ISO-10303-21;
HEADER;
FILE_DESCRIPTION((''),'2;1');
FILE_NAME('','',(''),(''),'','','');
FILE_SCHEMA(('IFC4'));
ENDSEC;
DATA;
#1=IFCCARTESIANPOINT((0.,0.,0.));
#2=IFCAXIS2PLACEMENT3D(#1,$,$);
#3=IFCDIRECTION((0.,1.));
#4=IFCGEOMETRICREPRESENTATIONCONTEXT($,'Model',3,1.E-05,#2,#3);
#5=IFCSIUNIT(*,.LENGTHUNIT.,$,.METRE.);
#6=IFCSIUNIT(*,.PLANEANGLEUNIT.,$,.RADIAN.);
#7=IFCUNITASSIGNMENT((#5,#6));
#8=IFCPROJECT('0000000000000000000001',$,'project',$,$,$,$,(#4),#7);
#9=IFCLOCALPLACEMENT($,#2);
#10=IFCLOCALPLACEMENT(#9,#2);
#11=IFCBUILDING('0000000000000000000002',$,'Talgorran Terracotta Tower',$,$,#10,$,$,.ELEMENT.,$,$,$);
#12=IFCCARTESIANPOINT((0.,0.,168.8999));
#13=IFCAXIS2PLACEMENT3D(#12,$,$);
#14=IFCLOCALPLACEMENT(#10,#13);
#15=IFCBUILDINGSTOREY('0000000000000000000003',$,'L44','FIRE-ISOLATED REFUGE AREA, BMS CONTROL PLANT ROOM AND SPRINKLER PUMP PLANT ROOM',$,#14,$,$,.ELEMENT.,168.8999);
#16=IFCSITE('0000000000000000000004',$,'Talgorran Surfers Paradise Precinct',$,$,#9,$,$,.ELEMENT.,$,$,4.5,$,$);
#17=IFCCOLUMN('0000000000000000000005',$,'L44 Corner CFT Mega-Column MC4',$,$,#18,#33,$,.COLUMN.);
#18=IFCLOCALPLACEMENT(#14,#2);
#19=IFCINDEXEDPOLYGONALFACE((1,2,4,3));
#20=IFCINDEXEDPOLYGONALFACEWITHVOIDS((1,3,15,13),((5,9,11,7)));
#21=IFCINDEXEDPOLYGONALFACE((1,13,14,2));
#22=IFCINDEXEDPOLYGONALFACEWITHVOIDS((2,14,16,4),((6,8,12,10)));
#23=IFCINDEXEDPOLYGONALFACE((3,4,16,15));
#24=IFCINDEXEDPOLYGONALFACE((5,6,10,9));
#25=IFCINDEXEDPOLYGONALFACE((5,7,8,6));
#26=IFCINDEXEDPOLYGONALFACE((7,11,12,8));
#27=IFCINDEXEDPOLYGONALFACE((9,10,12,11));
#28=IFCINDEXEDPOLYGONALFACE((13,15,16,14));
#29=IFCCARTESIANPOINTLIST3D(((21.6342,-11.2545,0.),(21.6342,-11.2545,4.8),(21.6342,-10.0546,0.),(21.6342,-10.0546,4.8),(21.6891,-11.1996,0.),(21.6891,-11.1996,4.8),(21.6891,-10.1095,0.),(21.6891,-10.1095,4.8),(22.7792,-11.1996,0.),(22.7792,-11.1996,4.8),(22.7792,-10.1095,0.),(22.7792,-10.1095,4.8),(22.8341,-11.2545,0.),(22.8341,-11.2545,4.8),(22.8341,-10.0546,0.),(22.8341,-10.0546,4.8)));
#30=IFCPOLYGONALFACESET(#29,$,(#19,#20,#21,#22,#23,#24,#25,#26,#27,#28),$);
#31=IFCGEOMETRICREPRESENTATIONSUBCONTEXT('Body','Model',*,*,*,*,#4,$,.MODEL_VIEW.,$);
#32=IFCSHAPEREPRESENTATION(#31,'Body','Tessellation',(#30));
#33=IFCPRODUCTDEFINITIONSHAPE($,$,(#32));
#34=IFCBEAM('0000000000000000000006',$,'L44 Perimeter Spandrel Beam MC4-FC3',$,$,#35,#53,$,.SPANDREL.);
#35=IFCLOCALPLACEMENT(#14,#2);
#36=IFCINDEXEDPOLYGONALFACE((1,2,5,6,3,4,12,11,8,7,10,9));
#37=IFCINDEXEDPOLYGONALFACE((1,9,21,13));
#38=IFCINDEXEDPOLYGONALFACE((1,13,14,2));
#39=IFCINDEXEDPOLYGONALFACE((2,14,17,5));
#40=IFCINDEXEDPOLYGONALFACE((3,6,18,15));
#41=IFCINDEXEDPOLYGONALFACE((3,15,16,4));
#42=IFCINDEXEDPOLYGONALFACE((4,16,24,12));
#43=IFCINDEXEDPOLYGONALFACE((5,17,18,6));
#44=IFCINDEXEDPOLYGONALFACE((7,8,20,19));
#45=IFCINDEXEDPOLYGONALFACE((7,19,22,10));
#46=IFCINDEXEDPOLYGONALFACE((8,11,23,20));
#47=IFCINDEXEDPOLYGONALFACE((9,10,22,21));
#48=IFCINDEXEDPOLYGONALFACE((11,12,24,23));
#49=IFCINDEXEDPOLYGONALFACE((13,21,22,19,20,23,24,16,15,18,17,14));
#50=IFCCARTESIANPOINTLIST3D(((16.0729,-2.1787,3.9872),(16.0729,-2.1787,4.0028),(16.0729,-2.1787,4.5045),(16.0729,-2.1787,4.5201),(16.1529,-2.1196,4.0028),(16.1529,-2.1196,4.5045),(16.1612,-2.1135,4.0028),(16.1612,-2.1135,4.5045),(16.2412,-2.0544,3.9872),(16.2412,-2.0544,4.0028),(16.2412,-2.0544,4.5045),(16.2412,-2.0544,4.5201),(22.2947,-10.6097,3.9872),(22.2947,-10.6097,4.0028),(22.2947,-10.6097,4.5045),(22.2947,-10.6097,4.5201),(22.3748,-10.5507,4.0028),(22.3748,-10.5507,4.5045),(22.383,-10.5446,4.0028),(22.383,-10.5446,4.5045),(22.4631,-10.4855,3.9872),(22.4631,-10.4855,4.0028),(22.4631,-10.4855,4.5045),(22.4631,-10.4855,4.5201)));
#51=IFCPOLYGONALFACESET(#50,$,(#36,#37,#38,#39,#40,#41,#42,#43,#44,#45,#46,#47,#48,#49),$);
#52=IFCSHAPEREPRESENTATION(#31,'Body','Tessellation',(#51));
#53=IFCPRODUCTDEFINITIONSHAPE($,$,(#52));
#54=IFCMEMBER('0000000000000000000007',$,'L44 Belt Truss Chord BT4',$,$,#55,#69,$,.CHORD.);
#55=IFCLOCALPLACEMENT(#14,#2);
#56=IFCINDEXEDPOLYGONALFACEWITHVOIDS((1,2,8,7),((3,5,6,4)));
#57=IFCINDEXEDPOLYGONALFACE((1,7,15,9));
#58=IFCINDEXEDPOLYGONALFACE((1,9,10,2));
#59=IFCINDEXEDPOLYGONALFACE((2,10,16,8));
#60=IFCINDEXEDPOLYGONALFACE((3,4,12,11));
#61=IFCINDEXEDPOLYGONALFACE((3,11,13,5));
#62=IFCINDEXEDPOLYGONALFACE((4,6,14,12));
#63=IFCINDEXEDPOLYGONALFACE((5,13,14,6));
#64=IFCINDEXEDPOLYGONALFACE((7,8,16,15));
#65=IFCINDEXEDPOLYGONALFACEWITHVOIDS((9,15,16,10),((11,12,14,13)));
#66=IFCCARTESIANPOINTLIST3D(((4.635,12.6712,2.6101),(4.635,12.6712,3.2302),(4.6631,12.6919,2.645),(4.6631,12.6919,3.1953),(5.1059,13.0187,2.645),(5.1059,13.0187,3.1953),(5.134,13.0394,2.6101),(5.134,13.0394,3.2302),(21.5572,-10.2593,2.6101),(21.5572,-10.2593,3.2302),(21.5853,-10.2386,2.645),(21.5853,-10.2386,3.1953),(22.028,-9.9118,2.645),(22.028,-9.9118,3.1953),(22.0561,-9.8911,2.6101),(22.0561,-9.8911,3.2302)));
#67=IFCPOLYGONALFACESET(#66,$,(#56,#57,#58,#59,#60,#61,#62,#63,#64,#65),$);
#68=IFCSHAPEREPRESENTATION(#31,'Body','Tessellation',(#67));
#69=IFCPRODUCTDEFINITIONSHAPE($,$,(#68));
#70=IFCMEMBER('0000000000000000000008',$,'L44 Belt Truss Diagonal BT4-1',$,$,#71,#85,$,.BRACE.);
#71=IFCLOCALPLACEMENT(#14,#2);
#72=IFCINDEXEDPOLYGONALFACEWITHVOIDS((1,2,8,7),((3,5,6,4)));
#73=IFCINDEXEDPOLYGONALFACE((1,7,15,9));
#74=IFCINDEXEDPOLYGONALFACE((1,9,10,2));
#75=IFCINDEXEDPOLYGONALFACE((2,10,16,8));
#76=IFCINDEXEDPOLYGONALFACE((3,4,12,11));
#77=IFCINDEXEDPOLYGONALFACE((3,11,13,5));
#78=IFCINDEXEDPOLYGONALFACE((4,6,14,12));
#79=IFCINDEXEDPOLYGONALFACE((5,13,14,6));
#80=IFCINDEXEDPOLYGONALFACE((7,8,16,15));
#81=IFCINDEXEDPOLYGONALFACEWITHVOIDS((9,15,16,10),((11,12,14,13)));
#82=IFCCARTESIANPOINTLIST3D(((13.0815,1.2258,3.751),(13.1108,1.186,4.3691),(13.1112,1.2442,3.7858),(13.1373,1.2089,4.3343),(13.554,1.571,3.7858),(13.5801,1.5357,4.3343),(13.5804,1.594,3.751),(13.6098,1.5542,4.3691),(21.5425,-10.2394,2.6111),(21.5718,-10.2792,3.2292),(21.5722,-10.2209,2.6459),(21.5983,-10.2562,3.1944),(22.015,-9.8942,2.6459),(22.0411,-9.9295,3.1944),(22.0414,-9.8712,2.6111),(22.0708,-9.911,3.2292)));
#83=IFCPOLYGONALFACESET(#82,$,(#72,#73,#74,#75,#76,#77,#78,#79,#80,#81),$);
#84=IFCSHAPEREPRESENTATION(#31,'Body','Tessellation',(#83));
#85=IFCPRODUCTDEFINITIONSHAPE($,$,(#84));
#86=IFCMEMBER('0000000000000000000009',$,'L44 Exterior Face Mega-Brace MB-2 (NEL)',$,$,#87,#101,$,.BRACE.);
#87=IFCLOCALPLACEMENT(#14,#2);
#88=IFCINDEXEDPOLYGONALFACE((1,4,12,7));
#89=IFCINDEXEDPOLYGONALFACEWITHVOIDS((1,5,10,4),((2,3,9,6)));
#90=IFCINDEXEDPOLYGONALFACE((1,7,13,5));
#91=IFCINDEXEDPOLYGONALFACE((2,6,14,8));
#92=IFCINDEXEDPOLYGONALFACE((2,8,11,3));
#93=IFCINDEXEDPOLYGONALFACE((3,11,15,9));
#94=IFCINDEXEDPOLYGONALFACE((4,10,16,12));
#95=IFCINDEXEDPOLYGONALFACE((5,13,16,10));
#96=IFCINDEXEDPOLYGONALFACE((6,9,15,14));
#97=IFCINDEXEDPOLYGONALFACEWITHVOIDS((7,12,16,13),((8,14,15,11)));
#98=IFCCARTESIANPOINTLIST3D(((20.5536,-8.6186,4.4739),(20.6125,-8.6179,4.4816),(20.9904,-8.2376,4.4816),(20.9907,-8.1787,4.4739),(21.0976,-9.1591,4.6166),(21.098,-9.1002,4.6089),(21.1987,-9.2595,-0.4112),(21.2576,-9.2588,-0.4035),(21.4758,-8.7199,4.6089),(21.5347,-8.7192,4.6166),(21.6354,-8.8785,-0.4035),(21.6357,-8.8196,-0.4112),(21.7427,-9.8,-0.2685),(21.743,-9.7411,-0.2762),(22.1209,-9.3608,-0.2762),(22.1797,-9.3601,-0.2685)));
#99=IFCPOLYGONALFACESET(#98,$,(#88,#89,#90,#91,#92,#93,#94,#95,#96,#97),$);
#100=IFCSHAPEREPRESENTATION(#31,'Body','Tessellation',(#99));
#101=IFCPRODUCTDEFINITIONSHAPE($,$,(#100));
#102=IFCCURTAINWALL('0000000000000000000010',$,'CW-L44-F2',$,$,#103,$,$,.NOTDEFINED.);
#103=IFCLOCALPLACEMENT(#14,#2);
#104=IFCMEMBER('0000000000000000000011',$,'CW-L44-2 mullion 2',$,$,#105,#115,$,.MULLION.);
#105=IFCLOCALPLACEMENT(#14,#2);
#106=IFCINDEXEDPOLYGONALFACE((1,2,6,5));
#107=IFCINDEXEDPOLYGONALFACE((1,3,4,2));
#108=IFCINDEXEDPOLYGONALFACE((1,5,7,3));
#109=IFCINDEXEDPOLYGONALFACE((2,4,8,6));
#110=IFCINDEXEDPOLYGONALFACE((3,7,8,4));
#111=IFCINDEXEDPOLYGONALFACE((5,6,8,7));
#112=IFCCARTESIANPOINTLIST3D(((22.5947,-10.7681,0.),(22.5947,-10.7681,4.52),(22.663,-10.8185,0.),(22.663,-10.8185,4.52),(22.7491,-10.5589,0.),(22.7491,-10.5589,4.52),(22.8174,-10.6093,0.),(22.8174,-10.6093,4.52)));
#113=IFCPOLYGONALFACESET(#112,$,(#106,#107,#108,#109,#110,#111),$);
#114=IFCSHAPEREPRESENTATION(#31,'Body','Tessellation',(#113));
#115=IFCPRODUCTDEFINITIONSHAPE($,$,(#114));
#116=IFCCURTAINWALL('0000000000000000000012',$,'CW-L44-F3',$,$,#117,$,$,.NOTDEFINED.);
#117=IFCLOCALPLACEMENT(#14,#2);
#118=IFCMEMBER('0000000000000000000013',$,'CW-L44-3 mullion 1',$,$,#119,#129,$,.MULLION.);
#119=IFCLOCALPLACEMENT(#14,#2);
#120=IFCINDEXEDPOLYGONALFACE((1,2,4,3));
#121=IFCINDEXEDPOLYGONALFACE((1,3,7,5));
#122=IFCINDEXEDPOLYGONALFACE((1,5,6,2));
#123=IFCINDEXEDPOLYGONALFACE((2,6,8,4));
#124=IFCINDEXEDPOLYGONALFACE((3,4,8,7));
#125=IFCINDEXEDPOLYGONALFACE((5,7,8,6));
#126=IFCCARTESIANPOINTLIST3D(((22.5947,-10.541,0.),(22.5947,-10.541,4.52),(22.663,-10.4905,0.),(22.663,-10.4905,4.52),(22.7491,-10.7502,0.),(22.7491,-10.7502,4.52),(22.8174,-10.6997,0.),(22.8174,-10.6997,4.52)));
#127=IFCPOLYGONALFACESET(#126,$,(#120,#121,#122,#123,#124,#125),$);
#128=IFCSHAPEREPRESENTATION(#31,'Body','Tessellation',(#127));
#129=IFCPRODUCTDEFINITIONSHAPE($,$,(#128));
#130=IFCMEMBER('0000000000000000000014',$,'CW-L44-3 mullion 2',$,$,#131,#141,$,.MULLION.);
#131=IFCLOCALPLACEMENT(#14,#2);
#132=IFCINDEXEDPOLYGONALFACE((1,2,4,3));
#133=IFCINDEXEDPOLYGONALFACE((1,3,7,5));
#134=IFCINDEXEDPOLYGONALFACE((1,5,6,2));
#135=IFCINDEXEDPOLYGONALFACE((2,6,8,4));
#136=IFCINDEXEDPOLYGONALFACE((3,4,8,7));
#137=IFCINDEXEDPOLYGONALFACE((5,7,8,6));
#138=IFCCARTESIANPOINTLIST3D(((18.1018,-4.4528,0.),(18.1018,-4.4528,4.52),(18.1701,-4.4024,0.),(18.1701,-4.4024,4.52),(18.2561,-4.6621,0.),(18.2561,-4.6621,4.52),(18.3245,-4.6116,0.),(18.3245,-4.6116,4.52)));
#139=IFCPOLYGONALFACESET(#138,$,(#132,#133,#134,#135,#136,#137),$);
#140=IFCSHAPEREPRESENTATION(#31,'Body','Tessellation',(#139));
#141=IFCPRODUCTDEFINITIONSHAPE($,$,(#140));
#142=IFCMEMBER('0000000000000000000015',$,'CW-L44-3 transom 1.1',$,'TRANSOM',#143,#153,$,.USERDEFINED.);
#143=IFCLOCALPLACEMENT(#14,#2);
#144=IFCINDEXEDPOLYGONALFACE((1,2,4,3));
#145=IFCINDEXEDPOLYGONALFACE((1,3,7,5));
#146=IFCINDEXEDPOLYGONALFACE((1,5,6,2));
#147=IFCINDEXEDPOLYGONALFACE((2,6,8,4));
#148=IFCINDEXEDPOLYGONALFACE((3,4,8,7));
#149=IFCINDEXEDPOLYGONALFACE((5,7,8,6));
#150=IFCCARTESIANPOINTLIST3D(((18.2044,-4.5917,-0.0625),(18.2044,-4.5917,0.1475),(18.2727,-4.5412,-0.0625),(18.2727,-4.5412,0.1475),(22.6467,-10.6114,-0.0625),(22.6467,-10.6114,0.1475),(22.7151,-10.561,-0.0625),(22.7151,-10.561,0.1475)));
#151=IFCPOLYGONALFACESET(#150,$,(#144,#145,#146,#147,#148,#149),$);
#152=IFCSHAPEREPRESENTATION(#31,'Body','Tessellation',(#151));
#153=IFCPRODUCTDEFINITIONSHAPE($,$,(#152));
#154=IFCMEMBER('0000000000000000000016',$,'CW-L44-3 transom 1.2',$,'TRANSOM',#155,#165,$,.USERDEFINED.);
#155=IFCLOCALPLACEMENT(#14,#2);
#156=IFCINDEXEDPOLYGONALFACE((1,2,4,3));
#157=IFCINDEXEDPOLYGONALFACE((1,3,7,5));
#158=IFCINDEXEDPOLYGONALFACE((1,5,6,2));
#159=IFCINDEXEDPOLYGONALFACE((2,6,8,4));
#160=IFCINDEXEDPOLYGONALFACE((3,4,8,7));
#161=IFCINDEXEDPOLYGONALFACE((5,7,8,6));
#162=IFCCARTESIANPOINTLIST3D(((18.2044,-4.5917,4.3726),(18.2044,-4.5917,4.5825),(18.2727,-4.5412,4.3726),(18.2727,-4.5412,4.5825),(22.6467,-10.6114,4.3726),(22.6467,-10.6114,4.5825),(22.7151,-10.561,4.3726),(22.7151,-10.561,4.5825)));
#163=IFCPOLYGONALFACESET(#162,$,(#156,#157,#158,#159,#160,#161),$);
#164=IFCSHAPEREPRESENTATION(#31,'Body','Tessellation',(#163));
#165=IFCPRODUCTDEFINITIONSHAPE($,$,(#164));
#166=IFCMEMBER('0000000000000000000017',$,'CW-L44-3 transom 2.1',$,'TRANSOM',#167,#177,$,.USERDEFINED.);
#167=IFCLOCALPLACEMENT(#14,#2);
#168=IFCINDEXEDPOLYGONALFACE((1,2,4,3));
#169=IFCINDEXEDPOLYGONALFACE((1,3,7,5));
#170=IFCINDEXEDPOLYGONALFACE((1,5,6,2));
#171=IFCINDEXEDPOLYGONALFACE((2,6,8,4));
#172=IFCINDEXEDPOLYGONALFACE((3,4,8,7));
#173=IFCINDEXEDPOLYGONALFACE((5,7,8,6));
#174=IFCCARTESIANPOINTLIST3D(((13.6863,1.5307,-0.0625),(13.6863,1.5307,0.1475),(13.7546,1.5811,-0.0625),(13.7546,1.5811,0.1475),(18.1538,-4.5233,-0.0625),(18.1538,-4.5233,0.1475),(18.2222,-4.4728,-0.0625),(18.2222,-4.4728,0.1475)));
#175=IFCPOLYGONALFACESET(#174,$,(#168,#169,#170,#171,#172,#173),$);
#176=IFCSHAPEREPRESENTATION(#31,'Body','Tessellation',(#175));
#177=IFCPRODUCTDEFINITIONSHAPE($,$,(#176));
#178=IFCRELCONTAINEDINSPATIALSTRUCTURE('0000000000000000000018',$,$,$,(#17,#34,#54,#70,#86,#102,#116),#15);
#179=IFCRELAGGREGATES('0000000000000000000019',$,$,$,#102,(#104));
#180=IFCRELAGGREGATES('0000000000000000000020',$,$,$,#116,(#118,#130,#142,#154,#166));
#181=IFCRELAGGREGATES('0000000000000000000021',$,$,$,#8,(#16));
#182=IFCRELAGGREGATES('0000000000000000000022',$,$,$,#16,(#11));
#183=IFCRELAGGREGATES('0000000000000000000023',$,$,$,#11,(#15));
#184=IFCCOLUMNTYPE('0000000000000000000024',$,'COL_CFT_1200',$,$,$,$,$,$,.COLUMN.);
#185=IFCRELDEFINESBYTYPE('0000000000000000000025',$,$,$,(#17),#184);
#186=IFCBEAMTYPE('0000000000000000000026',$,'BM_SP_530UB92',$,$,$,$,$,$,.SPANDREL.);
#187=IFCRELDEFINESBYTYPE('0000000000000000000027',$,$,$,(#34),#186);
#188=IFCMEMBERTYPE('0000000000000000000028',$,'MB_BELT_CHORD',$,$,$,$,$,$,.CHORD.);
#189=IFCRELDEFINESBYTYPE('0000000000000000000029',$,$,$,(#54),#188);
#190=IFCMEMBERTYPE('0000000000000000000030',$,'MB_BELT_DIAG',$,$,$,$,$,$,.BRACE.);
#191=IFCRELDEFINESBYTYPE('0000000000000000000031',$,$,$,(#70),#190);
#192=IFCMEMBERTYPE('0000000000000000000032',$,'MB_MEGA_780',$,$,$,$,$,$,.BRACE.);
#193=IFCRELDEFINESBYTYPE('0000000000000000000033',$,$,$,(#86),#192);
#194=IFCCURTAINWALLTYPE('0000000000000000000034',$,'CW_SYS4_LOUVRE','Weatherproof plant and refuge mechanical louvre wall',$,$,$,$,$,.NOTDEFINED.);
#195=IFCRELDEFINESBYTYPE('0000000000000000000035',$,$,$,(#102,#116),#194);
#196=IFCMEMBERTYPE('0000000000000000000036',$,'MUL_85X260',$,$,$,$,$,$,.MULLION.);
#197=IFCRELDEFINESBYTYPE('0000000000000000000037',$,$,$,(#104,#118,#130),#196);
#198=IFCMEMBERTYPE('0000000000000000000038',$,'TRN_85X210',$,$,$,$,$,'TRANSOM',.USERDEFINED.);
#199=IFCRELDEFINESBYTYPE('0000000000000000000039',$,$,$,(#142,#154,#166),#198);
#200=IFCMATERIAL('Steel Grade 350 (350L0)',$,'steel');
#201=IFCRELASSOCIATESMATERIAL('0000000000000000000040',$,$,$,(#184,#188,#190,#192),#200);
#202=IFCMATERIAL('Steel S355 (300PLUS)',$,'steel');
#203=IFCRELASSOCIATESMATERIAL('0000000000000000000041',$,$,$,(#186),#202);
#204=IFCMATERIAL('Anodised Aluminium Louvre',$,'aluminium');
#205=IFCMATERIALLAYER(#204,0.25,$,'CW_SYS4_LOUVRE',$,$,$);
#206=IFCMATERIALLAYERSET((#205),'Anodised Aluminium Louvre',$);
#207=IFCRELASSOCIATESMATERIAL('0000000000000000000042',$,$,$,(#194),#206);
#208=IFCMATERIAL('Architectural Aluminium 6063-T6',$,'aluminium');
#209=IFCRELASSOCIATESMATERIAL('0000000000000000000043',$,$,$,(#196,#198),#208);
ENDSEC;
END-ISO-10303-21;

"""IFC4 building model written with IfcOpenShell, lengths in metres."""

from ifc_helpers import new_model, si_unit, direction, frame, origin, origin_2d, place, context, subcontext, project, spatial, rectangle, hollow_rectangle, i_section, extrude, material, layer, layer_set, material_profile, profile_set, type_object, element, aggregate, save


model = new_model("IFC4")

# Units and contexts
model_context = context("Model", 3, precision=1e-05, world=origin(), true_north=direction((0.0, 1.0)))
body_context = subcontext(model_context, "Body", "Model", "MODEL_VIEW")
ifc_project = project(units=[si_unit("LENGTHUNIT", "METRE"), si_unit("PLANEANGLEUNIT", "RADIAN")], contexts=[model_context])

# Site, building, storey
site_placement = place(None, origin())
site = spatial("IfcSite", under=ifc_project, at=site_placement, Name="Talgorran Surfers Paradise Precinct", CompositionType="ELEMENT", RefElevation=4.5)
building_placement = place(site_placement, origin())
building = spatial("IfcBuilding", under=site, at=building_placement, Name="Talgorran Terracotta Tower", CompositionType="ELEMENT")
storey_placement = place(building_placement, frame((0.0, 0.0, 168.8999)))
storey = spatial("IfcBuildingStorey", under=building, at=storey_placement, Name="L44", Description="FIRE-ISOLATED REFUGE AREA, BMS CONTROL PLANT ROOM AND SPRINKLER PUMP PLANT ROOM", CompositionType="ELEMENT", Elevation=168.8999)

# Column
ifc_material_1 = material(Name="Steel Grade 350 (350L0)", Category="steel")
ifc_material_profile_1 = material_profile(ifc_material_1, hollow_rectangle(XDim=1.2, YDim=1.2, WallThickness=0.0549, at=origin_2d()), Name="CFT1200X1200X55")
ifc_profile_set_1 = profile_set([ifc_material_profile_1], Name="Steel Grade 350 (350L0)")
column_type = type_object("IfcColumnType", Name="COL_CFT_1200", PredefinedType="COLUMN", material=ifc_profile_set_1)
column_placement = place(storey_placement, frame((22.2341, -10.6545, 0.0), z_axis=(0.0, 0.0, 1.0), x_axis=(1.0, 0.0, 0.0)))
element("IfcColumn", 1, at=column_placement, inside=storey, type_object=column_type, Name="L44 Corner CFT Mega-Column MC4", PredefinedType="COLUMN", context=body_context, shape_type="SweptSolid", body=[
    extrude(hollow_rectangle(XDim=1.2, YDim=1.2, WallThickness=0.0549, at=origin_2d()), origin(), (0.0, 0.0, 1.0), 4.8),
])

# Beam
ifc_material_2 = material(Name="Steel S355 (300PLUS)", Category="steel")
ifc_material_profile_2 = material_profile(ifc_material_2, i_section(OverallWidth=0.2092, OverallDepth=0.533, WebThickness=0.0103, FlangeThickness=0.0156, at=origin_2d()), Name="530UB92.4")
ifc_profile_set_2 = profile_set([ifc_material_profile_2], Name="Steel S355 (300PLUS)")
beam_type = type_object("IfcBeamType", Name="BM_SP_530UB92", PredefinedType="SPANDREL", material=ifc_profile_set_2)
beam_placement = place(storey_placement, frame((22.3789, -10.5476, 4.2537), z_axis=(-0.593786, 0.804623, 0.0), x_axis=(-0.804623, -0.593786, 0.0)))
element("IfcBeam", 2, at=beam_placement, inside=storey, type_object=beam_type, Name="L44 Perimeter Spandrel Beam MC4-FC3", PredefinedType="SPANDREL", context=body_context, shape_type="SweptSolid", body=[
    extrude(i_section(OverallWidth=0.2092, OverallDepth=0.533, WebThickness=0.0103, FlangeThickness=0.0156, at=origin_2d()), origin(), (0.0, 0.0, 1.0), 10.4783),
])

# Members
ifc_material_profile_3 = material_profile(ifc_material_1, hollow_rectangle(XDim=0.6201, YDim=0.6201, WallThickness=0.0349, at=origin_2d()), Name="WBOX620X620X35")
ifc_profile_set_3 = profile_set([ifc_material_profile_3], Name="Steel Grade 350 (350L0)")
member_type_1 = type_object("IfcMemberType", Name="MB_BELT_CHORD", PredefinedType="CHORD", material=ifc_profile_set_3)
member_1_placement = place(storey_placement, frame((21.8066, -10.0752, 2.9202), z_axis=(-0.593791, 0.80462, 0.0), x_axis=(-0.80462, -0.593791, 0.0)))
element("IfcMember", 3, at=member_1_placement, inside=storey, type_object=member_type_1, Name="L44 Belt Truss Chord BT4", PredefinedType="CHORD", context=body_context, shape_type="SweptSolid", body=[
    extrude(hollow_rectangle(XDim=0.6201, YDim=0.6201, WallThickness=0.0349, at=origin_2d()), origin(), (0.0, 0.0, 1.0), 28.4985),
])
ifc_material_profile_4 = material_profile(ifc_material_1, hollow_rectangle(XDim=0.6201, YDim=0.6201, WallThickness=0.0349, at=origin_2d()), Name="WBOX620X620X35")
ifc_profile_set_4 = profile_set([ifc_material_profile_4], Name="Steel Grade 350 (350L0)")
member_type_2 = type_object("IfcMemberType", Name="MB_BELT_DIAG", PredefinedType="BRACE", material=ifc_profile_set_4)
member_2_placement = place(storey_placement, frame((21.8066, -10.0752, 2.9202), z_axis=(-0.591898, 0.802058, 0.079743), x_axis=(-0.804621, -0.593789, 0.0)))
element("IfcMember", 4, at=member_2_placement, inside=storey, type_object=member_type_2, Name="L44 Belt Truss Diagonal BT4-1", PredefinedType="BRACE", context=body_context, shape_type="SweptSolid", body=[
    extrude(hollow_rectangle(XDim=0.6201, YDim=0.6201, WallThickness=0.0349, at=origin_2d()), origin(), (0.0, 0.0, 1.0), 14.2947),
])
ifc_material_profile_5 = material_profile(ifc_material_1, hollow_rectangle(XDim=0.6201, YDim=0.78, WallThickness=0.042, at=origin_2d()), Name="WBOX780X620X42")
ifc_profile_set_5 = profile_set([ifc_material_profile_5], Name="Steel Grade 350 (350L0)")
member_type_3 = type_object("IfcMemberType", Name="MB_MEGA_780", PredefinedType="BRACE", material=ifc_profile_set_5)
member_3_placement = place(storey_placement, frame((21.6892, -9.3098, -0.3398), z_axis=(-0.129811, 0.128976, 0.983115), x_axis=(-0.704821, -0.709385, 0.0)))
element("IfcMember", 5, at=member_3_placement, inside=storey, type_object=member_type_3, Name="L44 Exterior Face Mega-Brace MB-2 (NEL)", PredefinedType="BRACE", context=body_context, shape_type="SweptSolid", body=[
    extrude(hollow_rectangle(XDim=0.6201, YDim=0.78, WallThickness=0.042, at=origin_2d()), origin(), (0.0, 0.0, 1.0), 4.969),
])

# Curtain wall, member
ifc_material_3 = material(Name="Anodised Aluminium Louvre", Category="aluminium")
ifc_layer_1 = layer(ifc_material_3, 0.25, Name="CW_SYS4_LOUVRE")
ifc_layer_set_1 = layer_set([ifc_layer_1], Name="Anodised Aluminium Louvre")
curtain_wall_type = type_object("IfcCurtainWallType", Name="CW_SYS4_LOUVRE", Description="Weatherproof plant and refuge mechanical louvre wall", PredefinedType="NOTDEFINED", material=ifc_layer_set_1)
curtain_wall_1_placement = place(storey_placement, origin())
curtain_wall_1 = element("IfcCurtainWall", 6, at=curtain_wall_1_placement, inside=storey, type_object=curtain_wall_type, Name="CW-L44-F2", PredefinedType="NOTDEFINED")
ifc_material_4 = material(Name="Architectural Aluminium 6063-T6", Category="aluminium")
ifc_material_profile_6 = material_profile(ifc_material_4, rectangle(XDim=0.085, YDim=0.26, at=origin_2d()), Name="CWM85X260")
ifc_profile_set_6 = profile_set([ifc_material_profile_6], Name="Architectural Aluminium 6063-T6")
member_type_4 = type_object("IfcMemberType", Name="MUL_85X260", PredefinedType="MULLION", material=ifc_profile_set_6)
member_4_placement = place(storey_placement, frame((22.7061, -10.6887, 0.0), z_axis=(0.0, 0.0, 1.0), x_axis=(-0.80462, 0.593791, 0.0)))
member_4 = element("IfcMember", 7, at=member_4_placement, type_object=member_type_4, Name="CW-L44-2 mullion 2", PredefinedType="MULLION", context=body_context, shape_type="SweptSolid", body=[
    extrude(rectangle(XDim=0.085, YDim=0.26, at=origin_2d()), origin(), (0.0, 0.0, 1.0), 4.52),
])
aggregate(curtain_wall_1, [member_4])

# Curtain wall, members
curtain_wall_2_placement = place(storey_placement, origin())
curtain_wall_2 = element("IfcCurtainWall", 8, at=curtain_wall_2_placement, inside=storey, type_object=curtain_wall_type, Name="CW-L44-F3", PredefinedType="NOTDEFINED")
member_5_placement = place(storey_placement, frame((22.7061, -10.6204, 0.0), z_axis=(0.0, 0.0, 1.0), x_axis=(-0.804622, -0.593787, 0.0)))
member_5 = element("IfcMember", 9, at=member_5_placement, type_object=member_type_4, Name="CW-L44-3 mullion 1", PredefinedType="MULLION", context=body_context, shape_type="SweptSolid", body=[
    extrude(rectangle(XDim=0.085, YDim=0.26, at=origin_2d()), origin(), (0.0, 0.0, 1.0), 4.52),
])
member_6_placement = place(storey_placement, frame((18.2131, -4.5322, 0.0), z_axis=(0.0, 0.0, 1.0), x_axis=(-0.804622, -0.593787, 0.0)))
member_6 = element("IfcMember", 10, at=member_6_placement, type_object=member_type_4, Name="CW-L44-3 mullion 2", PredefinedType="MULLION", context=body_context, shape_type="SweptSolid", body=[
    extrude(rectangle(XDim=0.085, YDim=0.26, at=origin_2d()), origin(), (0.0, 0.0, 1.0), 4.52),
])
ifc_material_profile_7 = material_profile(ifc_material_4, rectangle(XDim=0.085, YDim=0.21, at=origin_2d()), Name="CWT85X210")
ifc_profile_set_7 = profile_set([ifc_material_profile_7], Name="Architectural Aluminium 6063-T6")
member_type_5 = type_object("IfcMemberType", Name="TRN_85X210", ElementType="TRANSOM", PredefinedType="USERDEFINED", material=ifc_profile_set_7)
member_7_placement = place(storey_placement, frame((22.6809, -10.5862, 0.0425), z_axis=(-0.593784, 0.804624, 0.0), x_axis=(-0.804624, -0.593784, 0.0)))
member_7 = element("IfcMember", 11, at=member_7_placement, type_object=member_type_5, Name="CW-L44-3 transom 1.1", ObjectType="TRANSOM", PredefinedType="USERDEFINED", context=body_context, shape_type="SweptSolid", body=[
    extrude(rectangle(XDim=0.085, YDim=0.21, at=origin_2d()), origin(), (0.0, 0.0, 1.0), 7.4814),
])
member_8_placement = place(storey_placement, frame((22.6809, -10.5862, 4.4775), z_axis=(-0.593784, 0.804624, 0.0), x_axis=(-0.804624, -0.593784, 0.0)))
member_8 = element("IfcMember", 12, at=member_8_placement, type_object=member_type_5, Name="CW-L44-3 transom 1.2", ObjectType="TRANSOM", PredefinedType="USERDEFINED", context=body_context, shape_type="SweptSolid", body=[
    extrude(rectangle(XDim=0.085, YDim=0.21, at=origin_2d()), origin(), (0.0, 0.0, 1.0), 7.4814),
])
member_9_placement = place(storey_placement, frame((18.188, -4.498, 0.0425), z_axis=(-0.593778, 0.804629, 0.0), x_axis=(-0.804629, -0.593778, 0.0)))
member_9 = element("IfcMember", 13, at=member_9_placement, type_object=member_type_5, Name="CW-L44-3 transom 2.1", ObjectType="TRANSOM", PredefinedType="USERDEFINED", context=body_context, shape_type="SweptSolid", body=[
    extrude(rectangle(XDim=0.085, YDim=0.21, at=origin_2d()), origin(), (0.0, 0.0, 1.0), 7.5239),
])

aggregate(curtain_wall_2, [member_5, member_6, member_7, member_8, member_9])

save(model, "model.ifc")
